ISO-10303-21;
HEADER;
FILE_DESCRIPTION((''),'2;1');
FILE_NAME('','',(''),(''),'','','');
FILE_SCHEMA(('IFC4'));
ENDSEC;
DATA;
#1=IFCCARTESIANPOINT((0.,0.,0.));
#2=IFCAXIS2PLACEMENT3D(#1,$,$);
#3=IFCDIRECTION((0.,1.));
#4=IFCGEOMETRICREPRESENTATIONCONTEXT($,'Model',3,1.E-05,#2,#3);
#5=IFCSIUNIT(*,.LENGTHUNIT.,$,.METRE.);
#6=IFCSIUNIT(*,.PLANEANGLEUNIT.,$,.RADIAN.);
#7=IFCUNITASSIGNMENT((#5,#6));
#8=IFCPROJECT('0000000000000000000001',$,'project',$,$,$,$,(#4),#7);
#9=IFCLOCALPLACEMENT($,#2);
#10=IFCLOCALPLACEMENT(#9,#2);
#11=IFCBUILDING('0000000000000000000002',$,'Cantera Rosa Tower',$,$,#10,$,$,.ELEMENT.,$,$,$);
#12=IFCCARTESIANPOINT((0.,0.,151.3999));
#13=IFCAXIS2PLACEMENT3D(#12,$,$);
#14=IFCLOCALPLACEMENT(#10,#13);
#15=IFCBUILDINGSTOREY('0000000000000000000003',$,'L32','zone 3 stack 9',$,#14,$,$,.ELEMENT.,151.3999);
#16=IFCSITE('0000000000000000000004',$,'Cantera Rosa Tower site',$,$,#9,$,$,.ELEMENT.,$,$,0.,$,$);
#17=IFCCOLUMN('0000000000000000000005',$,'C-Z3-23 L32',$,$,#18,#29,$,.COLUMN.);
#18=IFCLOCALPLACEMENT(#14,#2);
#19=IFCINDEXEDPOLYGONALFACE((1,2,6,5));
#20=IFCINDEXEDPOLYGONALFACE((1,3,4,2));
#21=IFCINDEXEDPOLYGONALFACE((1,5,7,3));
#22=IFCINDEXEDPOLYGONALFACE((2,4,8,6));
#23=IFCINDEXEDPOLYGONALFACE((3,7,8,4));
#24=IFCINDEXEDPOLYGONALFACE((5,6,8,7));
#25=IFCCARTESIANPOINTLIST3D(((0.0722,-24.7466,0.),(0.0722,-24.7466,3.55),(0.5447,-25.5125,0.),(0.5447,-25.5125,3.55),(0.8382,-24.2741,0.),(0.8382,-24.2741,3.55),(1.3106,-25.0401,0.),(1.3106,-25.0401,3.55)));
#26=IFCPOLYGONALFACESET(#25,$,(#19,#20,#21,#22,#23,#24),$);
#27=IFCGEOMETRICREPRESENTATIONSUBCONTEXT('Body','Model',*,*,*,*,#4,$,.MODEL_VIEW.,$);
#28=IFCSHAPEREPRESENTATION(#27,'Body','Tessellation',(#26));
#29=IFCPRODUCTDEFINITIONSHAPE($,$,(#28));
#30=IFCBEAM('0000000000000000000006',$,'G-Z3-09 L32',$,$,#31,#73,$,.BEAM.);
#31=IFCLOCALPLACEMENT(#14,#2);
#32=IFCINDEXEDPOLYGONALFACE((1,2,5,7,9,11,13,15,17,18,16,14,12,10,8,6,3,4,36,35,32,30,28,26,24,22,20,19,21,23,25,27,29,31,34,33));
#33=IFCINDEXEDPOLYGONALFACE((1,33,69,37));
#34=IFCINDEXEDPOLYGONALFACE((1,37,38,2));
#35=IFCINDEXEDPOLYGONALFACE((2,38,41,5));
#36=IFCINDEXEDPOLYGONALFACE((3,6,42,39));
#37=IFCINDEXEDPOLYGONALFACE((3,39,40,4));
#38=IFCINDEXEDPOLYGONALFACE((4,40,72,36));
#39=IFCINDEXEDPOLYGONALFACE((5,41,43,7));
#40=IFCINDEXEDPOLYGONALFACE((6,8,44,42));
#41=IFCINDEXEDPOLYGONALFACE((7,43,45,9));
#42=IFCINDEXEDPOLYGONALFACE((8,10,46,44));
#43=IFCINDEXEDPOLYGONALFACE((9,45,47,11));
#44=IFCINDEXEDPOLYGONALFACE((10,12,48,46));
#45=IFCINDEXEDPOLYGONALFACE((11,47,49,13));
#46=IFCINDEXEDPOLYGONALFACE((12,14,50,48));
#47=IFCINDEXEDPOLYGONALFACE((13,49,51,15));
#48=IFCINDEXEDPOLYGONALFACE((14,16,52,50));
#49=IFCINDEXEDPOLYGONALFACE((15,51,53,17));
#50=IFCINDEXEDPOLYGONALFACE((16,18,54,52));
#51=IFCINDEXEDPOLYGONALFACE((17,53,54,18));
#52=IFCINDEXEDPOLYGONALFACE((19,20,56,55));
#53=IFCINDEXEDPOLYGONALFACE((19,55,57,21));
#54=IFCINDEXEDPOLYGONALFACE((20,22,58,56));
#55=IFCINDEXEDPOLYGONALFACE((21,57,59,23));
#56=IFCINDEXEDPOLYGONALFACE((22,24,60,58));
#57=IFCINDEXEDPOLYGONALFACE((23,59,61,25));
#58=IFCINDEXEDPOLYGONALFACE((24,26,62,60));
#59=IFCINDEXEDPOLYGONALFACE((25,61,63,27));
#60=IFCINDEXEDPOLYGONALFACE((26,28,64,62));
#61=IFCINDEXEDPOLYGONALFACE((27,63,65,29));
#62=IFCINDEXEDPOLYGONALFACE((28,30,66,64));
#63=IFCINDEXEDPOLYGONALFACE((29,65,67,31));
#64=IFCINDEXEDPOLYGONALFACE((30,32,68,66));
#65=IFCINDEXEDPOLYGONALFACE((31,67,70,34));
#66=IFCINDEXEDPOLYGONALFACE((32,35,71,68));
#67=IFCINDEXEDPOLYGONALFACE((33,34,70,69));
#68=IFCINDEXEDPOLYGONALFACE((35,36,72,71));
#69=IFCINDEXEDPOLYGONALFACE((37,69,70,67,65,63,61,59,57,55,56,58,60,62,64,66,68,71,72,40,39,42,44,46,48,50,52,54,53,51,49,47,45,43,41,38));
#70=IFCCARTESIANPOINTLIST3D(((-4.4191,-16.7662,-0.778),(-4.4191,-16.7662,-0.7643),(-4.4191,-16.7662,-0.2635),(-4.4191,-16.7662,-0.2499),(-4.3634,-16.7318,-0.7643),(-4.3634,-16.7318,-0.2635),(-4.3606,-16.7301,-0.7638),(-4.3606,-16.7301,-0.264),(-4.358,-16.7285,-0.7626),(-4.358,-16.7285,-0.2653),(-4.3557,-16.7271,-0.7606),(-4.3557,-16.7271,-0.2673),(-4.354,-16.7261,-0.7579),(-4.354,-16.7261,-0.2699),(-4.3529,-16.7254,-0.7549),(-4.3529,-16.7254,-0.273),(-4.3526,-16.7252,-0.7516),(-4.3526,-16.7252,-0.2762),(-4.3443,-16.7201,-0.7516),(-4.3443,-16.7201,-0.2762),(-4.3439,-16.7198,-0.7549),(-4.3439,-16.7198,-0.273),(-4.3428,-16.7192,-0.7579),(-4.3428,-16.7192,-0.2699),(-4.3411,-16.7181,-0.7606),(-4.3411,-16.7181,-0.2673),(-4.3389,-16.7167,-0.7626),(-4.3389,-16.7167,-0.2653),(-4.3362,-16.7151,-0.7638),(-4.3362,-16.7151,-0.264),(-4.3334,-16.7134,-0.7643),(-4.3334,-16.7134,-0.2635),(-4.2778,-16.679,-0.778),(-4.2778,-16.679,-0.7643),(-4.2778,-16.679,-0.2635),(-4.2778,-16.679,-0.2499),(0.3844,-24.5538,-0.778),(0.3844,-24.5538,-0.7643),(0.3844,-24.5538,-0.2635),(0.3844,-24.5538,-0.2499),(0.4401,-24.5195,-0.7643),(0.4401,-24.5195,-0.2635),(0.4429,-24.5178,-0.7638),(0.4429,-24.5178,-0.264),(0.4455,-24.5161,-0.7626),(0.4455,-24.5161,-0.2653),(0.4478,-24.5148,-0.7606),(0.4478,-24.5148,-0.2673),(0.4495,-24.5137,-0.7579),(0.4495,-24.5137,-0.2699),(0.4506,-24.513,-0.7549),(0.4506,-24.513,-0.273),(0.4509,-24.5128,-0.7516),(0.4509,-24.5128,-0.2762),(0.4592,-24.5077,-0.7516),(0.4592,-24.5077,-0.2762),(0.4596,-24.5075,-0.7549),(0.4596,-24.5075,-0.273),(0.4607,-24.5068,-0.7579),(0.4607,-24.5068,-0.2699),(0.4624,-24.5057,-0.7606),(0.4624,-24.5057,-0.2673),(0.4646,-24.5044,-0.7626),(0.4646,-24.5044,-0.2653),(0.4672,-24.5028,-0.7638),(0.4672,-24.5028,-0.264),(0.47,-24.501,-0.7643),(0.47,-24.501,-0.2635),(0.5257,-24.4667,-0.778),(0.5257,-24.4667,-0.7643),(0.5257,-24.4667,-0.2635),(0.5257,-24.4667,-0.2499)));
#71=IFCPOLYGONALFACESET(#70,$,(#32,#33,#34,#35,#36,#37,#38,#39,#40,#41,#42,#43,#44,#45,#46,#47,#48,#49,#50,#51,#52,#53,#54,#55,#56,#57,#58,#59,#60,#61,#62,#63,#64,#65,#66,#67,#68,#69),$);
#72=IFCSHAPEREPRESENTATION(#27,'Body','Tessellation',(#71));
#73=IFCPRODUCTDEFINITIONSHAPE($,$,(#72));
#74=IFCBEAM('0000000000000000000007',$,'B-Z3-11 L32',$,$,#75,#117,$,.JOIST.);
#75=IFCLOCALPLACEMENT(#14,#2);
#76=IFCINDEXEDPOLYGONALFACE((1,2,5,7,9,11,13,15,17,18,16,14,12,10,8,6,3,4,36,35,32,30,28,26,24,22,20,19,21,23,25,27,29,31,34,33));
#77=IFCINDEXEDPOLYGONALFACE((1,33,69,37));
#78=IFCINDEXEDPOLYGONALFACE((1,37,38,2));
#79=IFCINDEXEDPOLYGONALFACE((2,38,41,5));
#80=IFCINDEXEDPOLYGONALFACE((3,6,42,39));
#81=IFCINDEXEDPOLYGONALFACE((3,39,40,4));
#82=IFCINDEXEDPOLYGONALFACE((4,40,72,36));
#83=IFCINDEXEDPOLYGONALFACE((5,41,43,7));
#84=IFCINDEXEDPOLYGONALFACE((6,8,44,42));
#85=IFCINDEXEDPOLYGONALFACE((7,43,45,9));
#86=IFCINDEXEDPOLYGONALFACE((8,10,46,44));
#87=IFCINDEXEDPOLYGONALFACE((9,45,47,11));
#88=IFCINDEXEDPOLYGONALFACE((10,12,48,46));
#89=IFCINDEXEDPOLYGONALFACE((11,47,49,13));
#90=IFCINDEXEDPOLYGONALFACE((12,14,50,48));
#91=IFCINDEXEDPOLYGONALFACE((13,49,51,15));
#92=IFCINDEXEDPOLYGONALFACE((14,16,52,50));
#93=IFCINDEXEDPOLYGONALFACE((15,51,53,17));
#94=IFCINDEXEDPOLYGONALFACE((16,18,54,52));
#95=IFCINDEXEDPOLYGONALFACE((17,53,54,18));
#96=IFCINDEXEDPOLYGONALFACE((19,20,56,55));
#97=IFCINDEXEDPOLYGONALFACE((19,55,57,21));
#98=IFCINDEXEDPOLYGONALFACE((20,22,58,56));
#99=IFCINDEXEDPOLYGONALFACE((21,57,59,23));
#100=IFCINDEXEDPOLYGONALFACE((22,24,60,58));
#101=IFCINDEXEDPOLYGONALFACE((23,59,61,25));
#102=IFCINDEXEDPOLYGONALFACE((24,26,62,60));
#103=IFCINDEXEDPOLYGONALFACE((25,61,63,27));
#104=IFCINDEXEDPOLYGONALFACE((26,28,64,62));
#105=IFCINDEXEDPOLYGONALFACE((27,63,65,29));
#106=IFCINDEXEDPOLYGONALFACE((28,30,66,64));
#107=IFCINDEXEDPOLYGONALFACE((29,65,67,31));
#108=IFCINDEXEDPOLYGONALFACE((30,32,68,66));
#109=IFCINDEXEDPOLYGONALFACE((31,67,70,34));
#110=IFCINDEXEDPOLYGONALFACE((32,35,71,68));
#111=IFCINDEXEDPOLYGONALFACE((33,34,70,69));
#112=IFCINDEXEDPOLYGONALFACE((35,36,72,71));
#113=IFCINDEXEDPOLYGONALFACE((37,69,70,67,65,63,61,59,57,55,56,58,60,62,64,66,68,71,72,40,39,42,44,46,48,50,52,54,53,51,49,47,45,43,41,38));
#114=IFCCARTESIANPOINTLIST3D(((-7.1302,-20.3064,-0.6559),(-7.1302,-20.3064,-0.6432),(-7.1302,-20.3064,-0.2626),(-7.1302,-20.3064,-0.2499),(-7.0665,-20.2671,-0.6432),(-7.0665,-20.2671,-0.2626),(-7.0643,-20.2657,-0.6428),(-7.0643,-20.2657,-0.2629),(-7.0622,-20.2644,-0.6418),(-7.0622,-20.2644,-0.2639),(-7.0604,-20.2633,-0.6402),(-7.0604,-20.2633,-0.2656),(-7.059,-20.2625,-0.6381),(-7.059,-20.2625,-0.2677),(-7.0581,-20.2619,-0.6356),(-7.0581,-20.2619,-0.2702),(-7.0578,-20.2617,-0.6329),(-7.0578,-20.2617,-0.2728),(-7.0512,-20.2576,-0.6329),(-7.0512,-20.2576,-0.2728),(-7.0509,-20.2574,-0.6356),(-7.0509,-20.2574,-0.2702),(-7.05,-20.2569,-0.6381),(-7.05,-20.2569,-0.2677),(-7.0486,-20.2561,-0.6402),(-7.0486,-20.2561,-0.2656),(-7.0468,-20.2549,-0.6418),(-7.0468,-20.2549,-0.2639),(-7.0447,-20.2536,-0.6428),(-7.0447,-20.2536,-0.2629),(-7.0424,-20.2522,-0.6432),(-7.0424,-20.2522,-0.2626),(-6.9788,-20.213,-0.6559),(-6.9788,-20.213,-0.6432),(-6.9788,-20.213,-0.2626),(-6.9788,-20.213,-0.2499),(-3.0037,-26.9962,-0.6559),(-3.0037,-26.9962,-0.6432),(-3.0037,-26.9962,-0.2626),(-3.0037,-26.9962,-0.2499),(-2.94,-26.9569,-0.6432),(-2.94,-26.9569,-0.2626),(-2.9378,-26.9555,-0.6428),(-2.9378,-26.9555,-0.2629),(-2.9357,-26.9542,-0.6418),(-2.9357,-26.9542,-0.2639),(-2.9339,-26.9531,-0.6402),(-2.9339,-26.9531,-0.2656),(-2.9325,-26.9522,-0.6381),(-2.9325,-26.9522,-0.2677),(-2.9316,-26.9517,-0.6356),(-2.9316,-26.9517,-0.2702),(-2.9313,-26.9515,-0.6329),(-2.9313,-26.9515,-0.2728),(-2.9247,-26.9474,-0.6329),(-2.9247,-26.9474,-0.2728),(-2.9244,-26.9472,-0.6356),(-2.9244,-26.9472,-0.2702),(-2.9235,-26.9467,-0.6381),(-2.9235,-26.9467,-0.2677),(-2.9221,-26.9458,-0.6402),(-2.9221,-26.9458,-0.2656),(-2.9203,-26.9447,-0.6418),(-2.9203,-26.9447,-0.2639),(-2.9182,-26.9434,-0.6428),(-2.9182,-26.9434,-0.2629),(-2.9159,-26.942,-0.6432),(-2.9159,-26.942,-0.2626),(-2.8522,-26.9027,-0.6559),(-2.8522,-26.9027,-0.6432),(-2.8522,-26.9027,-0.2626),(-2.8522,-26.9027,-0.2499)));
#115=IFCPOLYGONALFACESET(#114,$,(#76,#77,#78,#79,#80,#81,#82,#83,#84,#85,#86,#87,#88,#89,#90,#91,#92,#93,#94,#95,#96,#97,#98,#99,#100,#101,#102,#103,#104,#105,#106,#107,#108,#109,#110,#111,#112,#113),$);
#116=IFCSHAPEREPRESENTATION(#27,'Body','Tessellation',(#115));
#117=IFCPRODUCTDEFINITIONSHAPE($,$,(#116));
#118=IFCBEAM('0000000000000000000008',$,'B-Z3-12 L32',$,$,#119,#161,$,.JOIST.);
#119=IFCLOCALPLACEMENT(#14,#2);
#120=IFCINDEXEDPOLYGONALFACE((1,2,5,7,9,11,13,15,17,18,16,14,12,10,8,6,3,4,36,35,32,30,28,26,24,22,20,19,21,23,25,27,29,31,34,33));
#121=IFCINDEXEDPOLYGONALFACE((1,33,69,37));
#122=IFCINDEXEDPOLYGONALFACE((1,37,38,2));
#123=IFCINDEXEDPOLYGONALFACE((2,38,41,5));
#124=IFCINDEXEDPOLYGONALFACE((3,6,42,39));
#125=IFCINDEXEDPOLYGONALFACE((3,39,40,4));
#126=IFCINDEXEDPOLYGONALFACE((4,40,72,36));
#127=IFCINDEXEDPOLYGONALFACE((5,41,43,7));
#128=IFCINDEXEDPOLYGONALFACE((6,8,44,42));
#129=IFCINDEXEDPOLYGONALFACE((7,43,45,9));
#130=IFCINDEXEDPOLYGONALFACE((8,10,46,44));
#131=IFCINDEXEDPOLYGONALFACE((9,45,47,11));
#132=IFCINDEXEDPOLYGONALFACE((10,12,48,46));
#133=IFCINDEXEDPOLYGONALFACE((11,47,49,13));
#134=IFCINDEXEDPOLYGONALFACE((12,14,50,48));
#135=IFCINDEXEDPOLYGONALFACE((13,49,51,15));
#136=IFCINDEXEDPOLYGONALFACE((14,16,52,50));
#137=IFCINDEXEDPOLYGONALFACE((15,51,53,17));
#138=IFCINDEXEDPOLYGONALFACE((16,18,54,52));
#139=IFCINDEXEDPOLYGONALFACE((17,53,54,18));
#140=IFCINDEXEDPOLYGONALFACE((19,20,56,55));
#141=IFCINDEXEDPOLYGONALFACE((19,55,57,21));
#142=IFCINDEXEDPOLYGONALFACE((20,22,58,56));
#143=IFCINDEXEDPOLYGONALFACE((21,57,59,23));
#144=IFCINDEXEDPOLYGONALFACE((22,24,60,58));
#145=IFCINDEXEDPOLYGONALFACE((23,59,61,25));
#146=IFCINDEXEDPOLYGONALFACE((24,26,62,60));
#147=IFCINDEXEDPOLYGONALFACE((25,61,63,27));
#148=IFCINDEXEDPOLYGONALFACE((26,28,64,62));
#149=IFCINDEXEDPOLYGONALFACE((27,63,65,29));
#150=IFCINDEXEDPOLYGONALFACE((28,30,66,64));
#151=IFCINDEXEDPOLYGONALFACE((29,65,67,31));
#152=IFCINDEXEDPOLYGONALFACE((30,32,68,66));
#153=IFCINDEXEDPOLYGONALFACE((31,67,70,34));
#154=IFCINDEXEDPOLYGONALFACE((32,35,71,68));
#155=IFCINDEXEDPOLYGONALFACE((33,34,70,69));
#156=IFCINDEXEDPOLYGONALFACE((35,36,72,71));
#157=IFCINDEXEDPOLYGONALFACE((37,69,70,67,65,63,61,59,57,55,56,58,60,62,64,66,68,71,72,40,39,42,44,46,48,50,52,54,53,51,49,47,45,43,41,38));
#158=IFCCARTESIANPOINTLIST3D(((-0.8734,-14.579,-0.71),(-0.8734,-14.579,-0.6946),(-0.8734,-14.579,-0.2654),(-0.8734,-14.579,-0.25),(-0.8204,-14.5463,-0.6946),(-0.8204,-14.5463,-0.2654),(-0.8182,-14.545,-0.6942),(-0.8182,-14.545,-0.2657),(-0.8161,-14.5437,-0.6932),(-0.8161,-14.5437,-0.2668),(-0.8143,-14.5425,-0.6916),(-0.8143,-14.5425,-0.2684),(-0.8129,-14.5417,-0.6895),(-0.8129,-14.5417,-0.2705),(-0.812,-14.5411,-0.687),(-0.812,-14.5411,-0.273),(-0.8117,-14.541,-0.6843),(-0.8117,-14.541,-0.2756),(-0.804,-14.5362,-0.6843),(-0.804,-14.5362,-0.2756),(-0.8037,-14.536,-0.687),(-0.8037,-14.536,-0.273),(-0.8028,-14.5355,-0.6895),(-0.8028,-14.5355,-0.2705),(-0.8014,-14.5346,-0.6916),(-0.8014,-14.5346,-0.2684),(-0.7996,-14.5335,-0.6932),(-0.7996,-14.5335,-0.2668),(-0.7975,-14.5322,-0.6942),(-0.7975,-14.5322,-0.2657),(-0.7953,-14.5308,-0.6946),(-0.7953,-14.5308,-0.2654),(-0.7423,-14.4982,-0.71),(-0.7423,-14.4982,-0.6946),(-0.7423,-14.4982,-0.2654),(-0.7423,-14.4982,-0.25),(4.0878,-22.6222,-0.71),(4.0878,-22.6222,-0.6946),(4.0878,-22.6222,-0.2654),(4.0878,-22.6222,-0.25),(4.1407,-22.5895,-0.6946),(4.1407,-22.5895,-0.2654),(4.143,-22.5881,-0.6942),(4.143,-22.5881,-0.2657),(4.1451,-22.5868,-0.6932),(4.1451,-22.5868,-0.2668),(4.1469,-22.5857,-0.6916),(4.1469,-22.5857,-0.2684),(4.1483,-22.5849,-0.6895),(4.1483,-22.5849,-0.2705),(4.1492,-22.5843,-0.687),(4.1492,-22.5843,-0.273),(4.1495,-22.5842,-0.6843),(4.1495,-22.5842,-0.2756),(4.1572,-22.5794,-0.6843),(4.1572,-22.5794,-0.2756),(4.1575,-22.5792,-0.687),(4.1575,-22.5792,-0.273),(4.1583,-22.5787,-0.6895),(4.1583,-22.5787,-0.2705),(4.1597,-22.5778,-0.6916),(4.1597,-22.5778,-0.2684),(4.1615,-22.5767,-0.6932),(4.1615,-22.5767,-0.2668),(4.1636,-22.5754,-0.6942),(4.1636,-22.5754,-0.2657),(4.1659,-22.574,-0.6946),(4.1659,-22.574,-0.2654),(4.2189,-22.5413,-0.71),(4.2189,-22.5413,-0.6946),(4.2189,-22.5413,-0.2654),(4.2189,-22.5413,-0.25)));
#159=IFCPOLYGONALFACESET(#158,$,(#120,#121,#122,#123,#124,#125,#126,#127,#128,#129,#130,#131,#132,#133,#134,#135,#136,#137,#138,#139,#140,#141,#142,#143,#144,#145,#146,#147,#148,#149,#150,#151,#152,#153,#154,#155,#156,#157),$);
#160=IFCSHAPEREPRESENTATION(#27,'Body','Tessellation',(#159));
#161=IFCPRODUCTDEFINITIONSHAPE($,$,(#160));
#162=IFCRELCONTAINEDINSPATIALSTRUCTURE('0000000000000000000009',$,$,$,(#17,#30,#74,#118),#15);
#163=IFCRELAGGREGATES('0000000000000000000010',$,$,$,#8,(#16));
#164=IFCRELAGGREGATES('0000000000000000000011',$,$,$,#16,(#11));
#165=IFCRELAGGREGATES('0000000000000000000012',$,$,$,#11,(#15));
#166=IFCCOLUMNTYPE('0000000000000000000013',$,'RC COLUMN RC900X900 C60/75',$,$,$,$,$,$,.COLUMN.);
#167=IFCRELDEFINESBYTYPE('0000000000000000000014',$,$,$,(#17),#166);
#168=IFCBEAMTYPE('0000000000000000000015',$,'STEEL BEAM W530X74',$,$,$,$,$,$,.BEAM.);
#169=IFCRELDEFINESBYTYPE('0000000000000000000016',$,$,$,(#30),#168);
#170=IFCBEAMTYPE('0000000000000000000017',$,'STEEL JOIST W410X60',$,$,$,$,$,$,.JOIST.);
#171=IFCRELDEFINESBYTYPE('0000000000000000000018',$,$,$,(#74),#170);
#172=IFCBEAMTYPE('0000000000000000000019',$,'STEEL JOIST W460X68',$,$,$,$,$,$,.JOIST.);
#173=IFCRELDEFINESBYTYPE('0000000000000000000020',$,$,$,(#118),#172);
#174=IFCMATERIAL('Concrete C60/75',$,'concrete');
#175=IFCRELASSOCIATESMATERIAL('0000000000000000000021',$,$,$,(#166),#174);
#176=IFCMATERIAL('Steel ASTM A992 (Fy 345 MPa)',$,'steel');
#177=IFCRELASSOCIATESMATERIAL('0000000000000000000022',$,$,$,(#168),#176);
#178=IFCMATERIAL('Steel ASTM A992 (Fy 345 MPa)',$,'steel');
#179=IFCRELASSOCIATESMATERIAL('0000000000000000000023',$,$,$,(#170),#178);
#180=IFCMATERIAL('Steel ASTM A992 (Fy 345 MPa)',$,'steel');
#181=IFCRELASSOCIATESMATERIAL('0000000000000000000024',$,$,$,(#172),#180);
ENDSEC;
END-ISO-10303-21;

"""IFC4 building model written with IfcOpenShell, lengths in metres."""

from ifc_helpers import new_model, si_unit, direction, frame, origin, origin_2d, place, context, subcontext, project, spatial, rectangle, i_section, extrude, material, material_profile, profile_set, type_object, element, save


model = new_model("IFC4")

# Units and contexts
model_context = context("Model", 3, precision=1e-05, world=origin(), true_north=direction((0.0, 1.0)))
body_context = subcontext(model_context, "Body", "Model", "MODEL_VIEW")
ifc_project = project(units=[si_unit("LENGTHUNIT", "METRE"), si_unit("PLANEANGLEUNIT", "RADIAN")], contexts=[model_context])

# Site, building, storey
site_placement = place(None, origin())
site = spatial("IfcSite", under=ifc_project, at=site_placement, Name="Cantera Rosa Tower site", CompositionType="ELEMENT", RefElevation=0.0)
building_placement = place(site_placement, origin())
building = spatial("IfcBuilding", under=site, at=building_placement, Name="Cantera Rosa Tower", CompositionType="ELEMENT")
storey_placement = place(building_placement, frame((0.0, 0.0, 151.3999)))
storey = spatial("IfcBuildingStorey", under=building, at=storey_placement, Name="L32", Description="zone 3 stack 9", CompositionType="ELEMENT", Elevation=151.3999)

# Column
ifc_material_1 = material(Name="Concrete C60/75", Category="concrete")
ifc_material_profile_1 = material_profile(ifc_material_1, rectangle(XDim=0.8999, YDim=0.8999, at=origin_2d()), Name="RC COLUMN RC900X900 C60/75")
ifc_profile_set_1 = profile_set([ifc_material_profile_1], Name="Concrete C60/75")
column_type = type_object("IfcColumnType", Name="RC COLUMN RC900X900 C60/75", PredefinedType="COLUMN", material=ifc_profile_set_1)
column_placement = place(storey_placement, frame((0.6914, -24.8933, 0.0), z_axis=(0.0, 0.0, 1.0), x_axis=(0.851117, 0.524977, 0.0)))
element("IfcColumn", 1, at=column_placement, inside=storey, type_object=column_type, Name="C-Z3-23 L32", PredefinedType="COLUMN", context=body_context, shape_type="SweptSolid", body=[
    extrude(rectangle(XDim=0.8999, YDim=0.8999, at=origin_2d()), origin(), (0.0, 0.0, 1.0), 3.55),
])

# Beams
ifc_material_2 = material(Name="Steel ASTM A992 (Fy 345 MPa)", Category="steel")
ifc_material_profile_2 = material_profile(ifc_material_2, i_section(OverallWidth=0.166, OverallDepth=0.5281, WebThickness=0.0098, FlangeThickness=0.0137, FilletRadius=0.0127, at=origin_2d()), Name="W530X74")
ifc_profile_set_2 = profile_set([ifc_material_profile_2], Name="Steel ASTM A992 (Fy 345 MPa)")
beam_type_1 = type_object("IfcBeamType", Name="STEEL BEAM W530X74", PredefinedType="BEAM", material=ifc_profile_set_2)
beam_1_placement = place(storey_placement, frame((0.4551, -24.5103, -0.5139), z_axis=(-0.524977, 0.851116, 0.0), x_axis=(-0.851116, -0.524977, 0.0)))
element("IfcBeam", 2, at=beam_1_placement, inside=storey, type_object=beam_type_1, Name="G-Z3-09 L32", PredefinedType="BEAM", context=body_context, shape_type="SweptSolid", body=[
    extrude(i_section(OverallWidth=0.166, OverallDepth=0.5281, WebThickness=0.0098, FlangeThickness=0.0137, FilletRadius=0.0127, at=origin_2d()), origin(), (0.0, 0.0, 1.0), 9.1499),
])
ifc_material_3 = material(Name="Steel ASTM A992 (Fy 345 MPa)", Category="steel")
ifc_material_profile_3 = material_profile(ifc_material_3, i_section(OverallWidth=0.178, OverallDepth=0.406, WebThickness=0.0078, FlangeThickness=0.0127, FilletRadius=0.0103, at=origin_2d()), Name="W410X60")
ifc_profile_set_3 = profile_set([ifc_material_profile_3], Name="Steel ASTM A992 (Fy 345 MPa)")
beam_type_2 = type_object("IfcBeamType", Name="STEEL JOIST W410X60", PredefinedType="JOIST", material=ifc_profile_set_3)
beam_2_placement = place(storey_placement, frame((-2.928, -26.9495, -0.4529), z_axis=(-0.524995, 0.851105, 0.0), x_axis=(-0.851105, -0.524995, 0.0)))
element("IfcBeam", 3, at=beam_2_placement, inside=storey, type_object=beam_type_2, Name="B-Z3-11 L32", PredefinedType="JOIST", context=body_context, shape_type="SweptSolid", body=[
    extrude(i_section(OverallWidth=0.178, OverallDepth=0.406, WebThickness=0.0078, FlangeThickness=0.0127, FilletRadius=0.0103, at=origin_2d()), origin(), (0.0, 0.0, 1.0), 7.8601),
])
ifc_material_4 = material(Name="Steel ASTM A992 (Fy 345 MPa)", Category="steel")
ifc_material_profile_4 = material_profile(ifc_material_4, i_section(OverallWidth=0.1541, OverallDepth=0.46, WebThickness=0.009, FlangeThickness=0.0154, FilletRadius=0.0103, at=origin_2d()), Name="W460X68")
ifc_profile_set_4 = profile_set([ifc_material_profile_4], Name="Steel ASTM A992 (Fy 345 MPa)")
beam_type_3 = type_object("IfcBeamType", Name="STEEL JOIST W460X68", PredefinedType="JOIST", material=ifc_profile_set_4)
beam_3_placement = place(storey_placement, frame((4.1533, -22.5818, -0.48), z_axis=(-0.524981, 0.851114, 0.0), x_axis=(-0.851114, -0.524981, 0.0)))
element("IfcBeam", 4, at=beam_3_placement, inside=storey, type_object=beam_type_3, Name="B-Z3-12 L32", PredefinedType="JOIST", context=body_context, shape_type="SweptSolid", body=[
    extrude(i_section(OverallWidth=0.1541, OverallDepth=0.46, WebThickness=0.009, FlangeThickness=0.0154, FilletRadius=0.0103, at=origin_2d()), origin(), (0.0, 0.0, 1.0), 9.4502),
])

save(model, "model.ifc")
